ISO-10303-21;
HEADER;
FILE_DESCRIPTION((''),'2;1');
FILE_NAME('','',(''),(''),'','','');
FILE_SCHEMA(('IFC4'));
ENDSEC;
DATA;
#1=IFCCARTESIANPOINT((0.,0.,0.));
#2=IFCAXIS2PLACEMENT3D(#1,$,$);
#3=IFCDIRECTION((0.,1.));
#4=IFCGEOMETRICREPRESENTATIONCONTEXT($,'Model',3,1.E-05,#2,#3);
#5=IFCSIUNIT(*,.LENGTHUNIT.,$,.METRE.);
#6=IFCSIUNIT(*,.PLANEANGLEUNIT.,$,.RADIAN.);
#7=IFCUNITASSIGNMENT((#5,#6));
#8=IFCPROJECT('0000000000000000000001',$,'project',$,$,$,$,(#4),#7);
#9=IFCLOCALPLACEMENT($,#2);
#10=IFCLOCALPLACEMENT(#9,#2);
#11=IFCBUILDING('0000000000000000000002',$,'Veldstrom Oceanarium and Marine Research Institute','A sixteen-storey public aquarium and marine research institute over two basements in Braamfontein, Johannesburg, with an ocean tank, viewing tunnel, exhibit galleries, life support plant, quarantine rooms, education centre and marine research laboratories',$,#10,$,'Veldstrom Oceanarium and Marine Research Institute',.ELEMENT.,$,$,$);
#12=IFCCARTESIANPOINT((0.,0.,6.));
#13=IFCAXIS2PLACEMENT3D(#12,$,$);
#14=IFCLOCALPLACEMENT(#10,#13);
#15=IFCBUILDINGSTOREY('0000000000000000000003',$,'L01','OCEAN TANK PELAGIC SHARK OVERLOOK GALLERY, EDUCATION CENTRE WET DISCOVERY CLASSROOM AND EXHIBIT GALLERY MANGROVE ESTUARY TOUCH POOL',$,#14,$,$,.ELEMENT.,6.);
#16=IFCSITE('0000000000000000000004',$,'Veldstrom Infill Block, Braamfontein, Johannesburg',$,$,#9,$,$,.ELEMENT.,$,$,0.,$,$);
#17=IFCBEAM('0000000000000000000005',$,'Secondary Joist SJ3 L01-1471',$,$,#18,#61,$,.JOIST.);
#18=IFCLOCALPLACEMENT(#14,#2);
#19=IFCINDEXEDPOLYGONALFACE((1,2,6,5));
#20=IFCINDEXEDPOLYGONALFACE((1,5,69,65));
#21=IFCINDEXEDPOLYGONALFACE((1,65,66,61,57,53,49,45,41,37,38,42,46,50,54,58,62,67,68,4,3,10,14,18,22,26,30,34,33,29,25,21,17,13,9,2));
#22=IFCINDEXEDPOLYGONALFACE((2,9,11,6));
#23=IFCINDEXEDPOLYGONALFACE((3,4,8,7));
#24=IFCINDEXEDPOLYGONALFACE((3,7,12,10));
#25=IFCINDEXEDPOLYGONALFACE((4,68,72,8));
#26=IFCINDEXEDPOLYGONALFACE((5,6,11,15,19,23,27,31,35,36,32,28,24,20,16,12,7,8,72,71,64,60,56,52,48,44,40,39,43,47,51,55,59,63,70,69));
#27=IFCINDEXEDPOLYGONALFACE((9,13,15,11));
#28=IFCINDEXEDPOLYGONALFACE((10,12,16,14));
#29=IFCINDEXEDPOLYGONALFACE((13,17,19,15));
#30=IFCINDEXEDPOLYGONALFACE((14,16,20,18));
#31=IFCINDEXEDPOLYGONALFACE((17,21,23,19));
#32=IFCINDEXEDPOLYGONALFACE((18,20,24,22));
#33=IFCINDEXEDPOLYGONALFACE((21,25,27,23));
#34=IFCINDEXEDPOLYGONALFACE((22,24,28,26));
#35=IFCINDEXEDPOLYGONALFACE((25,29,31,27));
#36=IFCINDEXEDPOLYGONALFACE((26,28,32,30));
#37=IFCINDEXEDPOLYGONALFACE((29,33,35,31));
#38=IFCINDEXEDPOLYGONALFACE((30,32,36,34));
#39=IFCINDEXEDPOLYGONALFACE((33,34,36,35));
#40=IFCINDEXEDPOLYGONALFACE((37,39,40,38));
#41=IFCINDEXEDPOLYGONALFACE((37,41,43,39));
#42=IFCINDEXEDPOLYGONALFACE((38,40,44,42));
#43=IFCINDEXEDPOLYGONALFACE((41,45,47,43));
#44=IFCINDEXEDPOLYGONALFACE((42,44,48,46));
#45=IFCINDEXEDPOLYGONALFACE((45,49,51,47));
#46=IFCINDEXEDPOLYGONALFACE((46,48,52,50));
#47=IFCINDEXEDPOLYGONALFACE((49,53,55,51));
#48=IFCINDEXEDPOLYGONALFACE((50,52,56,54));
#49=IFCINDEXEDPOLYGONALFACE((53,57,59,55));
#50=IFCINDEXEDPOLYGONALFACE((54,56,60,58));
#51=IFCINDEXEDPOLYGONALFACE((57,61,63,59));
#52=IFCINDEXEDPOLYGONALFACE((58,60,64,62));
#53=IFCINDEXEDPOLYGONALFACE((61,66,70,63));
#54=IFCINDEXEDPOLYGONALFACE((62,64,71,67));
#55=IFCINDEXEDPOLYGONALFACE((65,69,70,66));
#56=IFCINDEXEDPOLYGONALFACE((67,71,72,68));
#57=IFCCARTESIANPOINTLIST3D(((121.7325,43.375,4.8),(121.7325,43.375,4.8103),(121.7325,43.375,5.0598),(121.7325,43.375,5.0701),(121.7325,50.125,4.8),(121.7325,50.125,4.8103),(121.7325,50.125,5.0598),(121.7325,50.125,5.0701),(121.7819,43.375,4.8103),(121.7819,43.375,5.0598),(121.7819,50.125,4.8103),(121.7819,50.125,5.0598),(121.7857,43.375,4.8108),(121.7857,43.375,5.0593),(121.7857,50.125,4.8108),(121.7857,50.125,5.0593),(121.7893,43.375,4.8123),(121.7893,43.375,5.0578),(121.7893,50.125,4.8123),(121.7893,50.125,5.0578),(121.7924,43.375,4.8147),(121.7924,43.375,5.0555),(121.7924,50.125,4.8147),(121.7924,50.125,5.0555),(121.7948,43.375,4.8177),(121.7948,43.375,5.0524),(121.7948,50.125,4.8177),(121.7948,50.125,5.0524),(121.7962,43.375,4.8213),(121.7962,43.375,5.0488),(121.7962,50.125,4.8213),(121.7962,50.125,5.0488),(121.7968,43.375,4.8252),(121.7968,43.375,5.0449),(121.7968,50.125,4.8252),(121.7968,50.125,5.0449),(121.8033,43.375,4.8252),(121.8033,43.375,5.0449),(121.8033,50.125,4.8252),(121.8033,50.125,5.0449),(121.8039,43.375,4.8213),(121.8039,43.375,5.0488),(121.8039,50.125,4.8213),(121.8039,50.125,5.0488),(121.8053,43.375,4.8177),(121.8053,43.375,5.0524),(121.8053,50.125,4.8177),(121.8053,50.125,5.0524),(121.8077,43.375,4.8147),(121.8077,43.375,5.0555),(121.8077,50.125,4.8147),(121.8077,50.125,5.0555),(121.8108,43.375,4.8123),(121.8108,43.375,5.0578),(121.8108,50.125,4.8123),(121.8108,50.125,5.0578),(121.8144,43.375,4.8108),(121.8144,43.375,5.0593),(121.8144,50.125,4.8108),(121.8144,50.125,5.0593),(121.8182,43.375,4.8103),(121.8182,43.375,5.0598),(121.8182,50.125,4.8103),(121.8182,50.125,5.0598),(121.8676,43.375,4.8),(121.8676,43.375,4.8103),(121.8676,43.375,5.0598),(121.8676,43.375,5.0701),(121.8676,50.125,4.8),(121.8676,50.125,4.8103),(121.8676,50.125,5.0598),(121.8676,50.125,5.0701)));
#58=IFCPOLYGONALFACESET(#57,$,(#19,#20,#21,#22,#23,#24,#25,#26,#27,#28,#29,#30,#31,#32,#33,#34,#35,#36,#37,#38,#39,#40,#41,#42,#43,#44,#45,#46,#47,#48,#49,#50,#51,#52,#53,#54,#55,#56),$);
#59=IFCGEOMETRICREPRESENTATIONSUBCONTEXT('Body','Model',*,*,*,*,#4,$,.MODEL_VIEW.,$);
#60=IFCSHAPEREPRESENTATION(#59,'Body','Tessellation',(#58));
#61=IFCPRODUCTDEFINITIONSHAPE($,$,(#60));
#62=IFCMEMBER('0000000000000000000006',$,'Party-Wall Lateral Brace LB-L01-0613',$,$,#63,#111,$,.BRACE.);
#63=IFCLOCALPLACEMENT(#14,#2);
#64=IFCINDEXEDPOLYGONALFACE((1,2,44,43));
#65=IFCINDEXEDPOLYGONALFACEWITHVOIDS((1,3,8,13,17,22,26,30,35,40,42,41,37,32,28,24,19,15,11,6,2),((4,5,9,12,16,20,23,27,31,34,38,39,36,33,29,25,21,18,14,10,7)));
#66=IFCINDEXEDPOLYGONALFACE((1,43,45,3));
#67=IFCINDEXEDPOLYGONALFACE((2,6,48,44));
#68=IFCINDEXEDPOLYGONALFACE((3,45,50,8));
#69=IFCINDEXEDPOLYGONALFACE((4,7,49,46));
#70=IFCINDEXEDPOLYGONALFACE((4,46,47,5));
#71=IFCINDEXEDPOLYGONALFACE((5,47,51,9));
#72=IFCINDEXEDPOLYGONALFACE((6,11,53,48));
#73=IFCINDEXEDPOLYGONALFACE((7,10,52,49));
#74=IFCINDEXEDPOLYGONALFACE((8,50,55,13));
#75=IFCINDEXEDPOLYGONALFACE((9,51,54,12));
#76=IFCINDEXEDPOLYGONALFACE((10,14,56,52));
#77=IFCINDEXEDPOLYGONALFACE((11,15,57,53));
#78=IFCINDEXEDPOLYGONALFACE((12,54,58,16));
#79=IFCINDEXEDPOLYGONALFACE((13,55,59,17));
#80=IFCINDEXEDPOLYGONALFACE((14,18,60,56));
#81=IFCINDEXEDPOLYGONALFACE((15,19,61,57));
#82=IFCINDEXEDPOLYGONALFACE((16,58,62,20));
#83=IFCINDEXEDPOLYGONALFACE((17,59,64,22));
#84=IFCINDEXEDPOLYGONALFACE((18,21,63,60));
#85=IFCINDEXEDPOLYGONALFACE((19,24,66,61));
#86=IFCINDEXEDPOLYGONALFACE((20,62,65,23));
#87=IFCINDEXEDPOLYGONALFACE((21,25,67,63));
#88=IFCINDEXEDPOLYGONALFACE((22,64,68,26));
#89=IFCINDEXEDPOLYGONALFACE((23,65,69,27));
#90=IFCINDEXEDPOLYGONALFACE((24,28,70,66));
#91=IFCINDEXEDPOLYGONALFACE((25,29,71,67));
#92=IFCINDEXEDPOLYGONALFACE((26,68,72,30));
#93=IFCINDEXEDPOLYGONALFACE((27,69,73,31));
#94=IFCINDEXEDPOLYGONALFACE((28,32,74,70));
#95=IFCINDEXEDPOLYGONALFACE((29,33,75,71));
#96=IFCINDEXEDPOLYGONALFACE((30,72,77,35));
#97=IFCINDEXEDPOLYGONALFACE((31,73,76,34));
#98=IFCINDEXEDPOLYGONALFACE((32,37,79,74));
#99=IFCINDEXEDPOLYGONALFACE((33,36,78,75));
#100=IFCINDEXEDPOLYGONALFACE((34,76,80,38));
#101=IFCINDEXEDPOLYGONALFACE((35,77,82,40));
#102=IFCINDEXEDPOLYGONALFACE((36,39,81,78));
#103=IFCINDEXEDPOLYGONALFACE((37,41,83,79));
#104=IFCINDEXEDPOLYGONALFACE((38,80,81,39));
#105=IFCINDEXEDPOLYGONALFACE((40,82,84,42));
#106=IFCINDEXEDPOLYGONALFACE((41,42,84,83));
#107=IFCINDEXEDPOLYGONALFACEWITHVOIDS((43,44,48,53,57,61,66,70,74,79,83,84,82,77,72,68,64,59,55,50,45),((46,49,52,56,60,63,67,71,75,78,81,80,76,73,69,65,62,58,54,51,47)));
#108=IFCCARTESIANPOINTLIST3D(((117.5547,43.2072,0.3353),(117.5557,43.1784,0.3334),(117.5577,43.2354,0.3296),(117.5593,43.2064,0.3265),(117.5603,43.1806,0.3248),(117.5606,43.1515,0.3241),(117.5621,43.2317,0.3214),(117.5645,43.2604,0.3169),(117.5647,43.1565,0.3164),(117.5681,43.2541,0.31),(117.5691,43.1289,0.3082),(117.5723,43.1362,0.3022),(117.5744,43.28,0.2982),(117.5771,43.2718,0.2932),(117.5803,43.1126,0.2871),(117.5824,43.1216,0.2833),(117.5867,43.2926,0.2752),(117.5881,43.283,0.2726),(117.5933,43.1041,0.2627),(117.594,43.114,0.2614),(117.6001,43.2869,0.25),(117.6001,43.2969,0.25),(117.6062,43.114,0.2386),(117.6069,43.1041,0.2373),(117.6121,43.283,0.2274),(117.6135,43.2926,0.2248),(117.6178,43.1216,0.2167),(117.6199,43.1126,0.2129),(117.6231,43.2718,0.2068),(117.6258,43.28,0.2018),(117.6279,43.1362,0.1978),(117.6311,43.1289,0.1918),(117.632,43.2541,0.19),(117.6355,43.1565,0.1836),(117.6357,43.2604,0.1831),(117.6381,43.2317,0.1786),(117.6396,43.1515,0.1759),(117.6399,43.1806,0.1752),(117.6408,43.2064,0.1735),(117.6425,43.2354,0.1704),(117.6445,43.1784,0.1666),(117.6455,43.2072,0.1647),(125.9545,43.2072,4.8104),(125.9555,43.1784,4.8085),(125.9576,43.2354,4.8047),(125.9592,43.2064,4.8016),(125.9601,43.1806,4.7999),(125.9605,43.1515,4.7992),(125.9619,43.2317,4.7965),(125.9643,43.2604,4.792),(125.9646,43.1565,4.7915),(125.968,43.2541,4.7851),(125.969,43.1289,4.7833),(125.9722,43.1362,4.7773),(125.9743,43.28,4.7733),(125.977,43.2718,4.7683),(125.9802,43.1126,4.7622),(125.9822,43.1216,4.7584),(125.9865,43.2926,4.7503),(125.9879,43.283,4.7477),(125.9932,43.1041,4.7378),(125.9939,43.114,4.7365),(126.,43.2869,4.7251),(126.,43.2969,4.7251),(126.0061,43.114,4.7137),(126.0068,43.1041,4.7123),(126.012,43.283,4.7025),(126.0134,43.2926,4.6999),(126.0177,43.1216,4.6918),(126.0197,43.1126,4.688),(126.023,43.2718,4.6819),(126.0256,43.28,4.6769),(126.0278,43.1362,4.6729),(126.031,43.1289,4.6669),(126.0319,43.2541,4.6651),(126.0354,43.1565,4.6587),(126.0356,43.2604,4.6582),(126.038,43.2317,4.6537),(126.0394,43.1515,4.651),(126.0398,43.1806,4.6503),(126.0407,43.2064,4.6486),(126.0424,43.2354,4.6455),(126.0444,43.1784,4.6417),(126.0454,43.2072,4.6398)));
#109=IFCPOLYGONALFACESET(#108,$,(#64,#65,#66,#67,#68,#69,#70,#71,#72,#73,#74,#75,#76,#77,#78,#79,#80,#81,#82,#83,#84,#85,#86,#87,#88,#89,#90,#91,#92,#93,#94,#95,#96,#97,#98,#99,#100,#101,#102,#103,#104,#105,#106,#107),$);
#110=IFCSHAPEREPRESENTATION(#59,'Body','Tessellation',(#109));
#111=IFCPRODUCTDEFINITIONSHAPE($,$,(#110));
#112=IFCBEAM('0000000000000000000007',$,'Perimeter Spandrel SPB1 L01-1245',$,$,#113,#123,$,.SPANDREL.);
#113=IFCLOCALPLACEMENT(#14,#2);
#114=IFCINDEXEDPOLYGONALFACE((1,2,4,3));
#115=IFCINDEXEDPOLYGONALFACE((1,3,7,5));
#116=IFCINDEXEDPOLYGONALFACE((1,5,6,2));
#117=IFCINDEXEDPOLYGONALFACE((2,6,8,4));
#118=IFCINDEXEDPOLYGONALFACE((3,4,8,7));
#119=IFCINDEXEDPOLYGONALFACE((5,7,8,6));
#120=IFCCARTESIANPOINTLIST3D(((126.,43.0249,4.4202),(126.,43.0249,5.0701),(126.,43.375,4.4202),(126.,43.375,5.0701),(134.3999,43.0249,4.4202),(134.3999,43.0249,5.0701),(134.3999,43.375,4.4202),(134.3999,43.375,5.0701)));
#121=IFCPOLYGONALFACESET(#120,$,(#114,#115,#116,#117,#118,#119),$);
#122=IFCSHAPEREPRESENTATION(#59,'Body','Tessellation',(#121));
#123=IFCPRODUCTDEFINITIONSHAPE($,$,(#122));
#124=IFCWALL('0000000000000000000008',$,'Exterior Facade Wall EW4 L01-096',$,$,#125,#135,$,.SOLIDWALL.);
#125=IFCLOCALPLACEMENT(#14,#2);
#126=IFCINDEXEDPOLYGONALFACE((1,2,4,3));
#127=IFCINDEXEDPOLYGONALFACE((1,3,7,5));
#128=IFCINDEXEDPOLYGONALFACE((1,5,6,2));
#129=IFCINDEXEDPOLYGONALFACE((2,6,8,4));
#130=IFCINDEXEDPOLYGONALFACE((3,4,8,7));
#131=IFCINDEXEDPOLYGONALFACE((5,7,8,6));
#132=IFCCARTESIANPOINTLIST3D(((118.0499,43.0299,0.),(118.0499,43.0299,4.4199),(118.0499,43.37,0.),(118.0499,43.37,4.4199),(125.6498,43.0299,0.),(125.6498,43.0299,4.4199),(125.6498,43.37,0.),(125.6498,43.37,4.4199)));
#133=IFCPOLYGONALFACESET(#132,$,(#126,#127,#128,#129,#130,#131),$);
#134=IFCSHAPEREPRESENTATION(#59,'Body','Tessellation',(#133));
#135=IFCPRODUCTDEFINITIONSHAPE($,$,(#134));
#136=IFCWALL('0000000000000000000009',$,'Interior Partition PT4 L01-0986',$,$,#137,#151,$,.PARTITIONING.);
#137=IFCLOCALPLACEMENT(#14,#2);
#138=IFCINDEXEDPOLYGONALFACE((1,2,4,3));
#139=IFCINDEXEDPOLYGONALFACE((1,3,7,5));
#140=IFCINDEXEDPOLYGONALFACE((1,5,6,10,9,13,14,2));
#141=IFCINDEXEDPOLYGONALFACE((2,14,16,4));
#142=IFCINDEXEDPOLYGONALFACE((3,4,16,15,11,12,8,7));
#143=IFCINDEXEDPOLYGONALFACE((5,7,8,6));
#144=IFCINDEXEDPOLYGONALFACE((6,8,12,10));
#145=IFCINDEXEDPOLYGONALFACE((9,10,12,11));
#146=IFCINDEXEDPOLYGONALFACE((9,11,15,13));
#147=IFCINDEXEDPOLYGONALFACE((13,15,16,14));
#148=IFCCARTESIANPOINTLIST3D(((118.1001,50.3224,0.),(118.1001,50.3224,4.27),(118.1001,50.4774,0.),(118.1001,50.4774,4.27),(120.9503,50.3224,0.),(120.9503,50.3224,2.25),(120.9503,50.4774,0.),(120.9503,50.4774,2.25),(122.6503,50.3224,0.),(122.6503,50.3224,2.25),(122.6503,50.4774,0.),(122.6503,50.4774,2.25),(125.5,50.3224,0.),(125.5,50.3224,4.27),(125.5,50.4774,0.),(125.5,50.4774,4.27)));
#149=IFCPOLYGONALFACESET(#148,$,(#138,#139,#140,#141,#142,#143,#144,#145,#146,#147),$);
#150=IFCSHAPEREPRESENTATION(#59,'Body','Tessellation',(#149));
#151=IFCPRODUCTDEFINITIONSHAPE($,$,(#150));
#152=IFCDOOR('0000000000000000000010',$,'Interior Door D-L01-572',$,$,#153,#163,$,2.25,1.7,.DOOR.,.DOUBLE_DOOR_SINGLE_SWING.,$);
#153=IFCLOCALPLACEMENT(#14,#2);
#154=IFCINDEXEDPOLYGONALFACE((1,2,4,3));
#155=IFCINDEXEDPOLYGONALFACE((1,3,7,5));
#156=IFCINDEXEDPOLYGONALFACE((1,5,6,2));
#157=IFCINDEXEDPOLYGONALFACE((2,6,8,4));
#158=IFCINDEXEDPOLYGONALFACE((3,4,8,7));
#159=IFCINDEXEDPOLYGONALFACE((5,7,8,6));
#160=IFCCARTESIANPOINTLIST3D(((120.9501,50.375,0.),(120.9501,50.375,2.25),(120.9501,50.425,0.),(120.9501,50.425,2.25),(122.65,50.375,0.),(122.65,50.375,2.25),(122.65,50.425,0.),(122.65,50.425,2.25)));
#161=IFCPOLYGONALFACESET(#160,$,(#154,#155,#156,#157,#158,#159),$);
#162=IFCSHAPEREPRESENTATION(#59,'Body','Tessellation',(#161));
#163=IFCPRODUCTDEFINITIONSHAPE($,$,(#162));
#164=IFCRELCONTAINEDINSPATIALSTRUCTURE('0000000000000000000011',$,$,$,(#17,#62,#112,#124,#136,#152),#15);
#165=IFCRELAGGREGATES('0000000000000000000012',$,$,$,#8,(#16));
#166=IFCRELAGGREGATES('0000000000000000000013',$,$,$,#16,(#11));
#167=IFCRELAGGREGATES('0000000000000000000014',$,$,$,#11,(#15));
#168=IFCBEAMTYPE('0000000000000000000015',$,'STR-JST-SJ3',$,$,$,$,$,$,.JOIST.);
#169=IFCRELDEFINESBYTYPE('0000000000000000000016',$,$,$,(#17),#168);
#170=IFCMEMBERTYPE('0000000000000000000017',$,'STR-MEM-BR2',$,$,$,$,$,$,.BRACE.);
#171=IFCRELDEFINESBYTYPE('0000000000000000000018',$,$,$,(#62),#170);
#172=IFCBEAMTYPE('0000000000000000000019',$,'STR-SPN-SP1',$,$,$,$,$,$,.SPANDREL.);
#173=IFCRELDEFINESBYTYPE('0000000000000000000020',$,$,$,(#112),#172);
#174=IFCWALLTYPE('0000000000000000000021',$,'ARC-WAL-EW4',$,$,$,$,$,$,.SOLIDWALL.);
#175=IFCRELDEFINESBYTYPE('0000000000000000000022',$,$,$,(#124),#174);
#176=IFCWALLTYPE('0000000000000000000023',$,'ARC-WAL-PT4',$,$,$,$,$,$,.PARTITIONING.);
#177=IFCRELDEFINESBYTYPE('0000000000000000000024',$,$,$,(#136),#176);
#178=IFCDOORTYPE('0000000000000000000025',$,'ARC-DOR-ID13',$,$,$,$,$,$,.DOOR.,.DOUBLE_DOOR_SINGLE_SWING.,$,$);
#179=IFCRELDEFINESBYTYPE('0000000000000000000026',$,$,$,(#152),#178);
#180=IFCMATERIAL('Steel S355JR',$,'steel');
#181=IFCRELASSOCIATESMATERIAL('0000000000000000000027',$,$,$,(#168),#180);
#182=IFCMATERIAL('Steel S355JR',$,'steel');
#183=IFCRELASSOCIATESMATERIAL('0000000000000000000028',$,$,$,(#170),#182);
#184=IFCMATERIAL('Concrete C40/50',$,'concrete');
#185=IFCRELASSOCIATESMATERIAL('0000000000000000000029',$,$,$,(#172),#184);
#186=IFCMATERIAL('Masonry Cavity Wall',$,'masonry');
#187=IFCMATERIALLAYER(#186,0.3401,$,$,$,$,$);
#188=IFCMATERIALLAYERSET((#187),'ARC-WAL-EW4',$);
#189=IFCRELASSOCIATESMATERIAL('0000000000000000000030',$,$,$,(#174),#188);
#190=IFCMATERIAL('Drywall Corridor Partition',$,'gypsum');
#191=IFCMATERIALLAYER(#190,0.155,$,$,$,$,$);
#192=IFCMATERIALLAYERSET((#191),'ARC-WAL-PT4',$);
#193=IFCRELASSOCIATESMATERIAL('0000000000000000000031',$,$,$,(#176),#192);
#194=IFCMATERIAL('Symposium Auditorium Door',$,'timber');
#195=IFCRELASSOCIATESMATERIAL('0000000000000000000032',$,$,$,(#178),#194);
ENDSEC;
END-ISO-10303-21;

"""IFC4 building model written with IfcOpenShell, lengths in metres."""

from ifc_helpers import new_model, si_unit, direction, frame, frame_2d, origin, origin_2d, place, context, subcontext, project, spatial, rectangle, hollow_circle, i_section, extrude, material, layer, layer_set, material_profile, profile_set, type_object, element, fill, save


model = new_model("IFC4")

# Units and contexts
model_context = context("Model", 3, precision=1e-05, world=origin(), true_north=direction((0.0, 1.0)))
body_context = subcontext(model_context, "Body", "Model", "MODEL_VIEW")
ifc_project = project(units=[si_unit("LENGTHUNIT", "METRE"), si_unit("PLANEANGLEUNIT", "RADIAN")], contexts=[model_context])

# Site, building, storey
site_placement = place(None, origin())
site = spatial("IfcSite", under=ifc_project, at=site_placement, Name="Veldstrom Infill Block, Braamfontein, Johannesburg", CompositionType="ELEMENT", RefElevation=0.0)
building_placement = place(site_placement, origin())
building = spatial("IfcBuilding", under=site, at=building_placement, Name="Veldstrom Oceanarium and Marine Research Institute", Description="A sixteen-storey public aquarium and marine research institute over two basements in Braamfontein, Johannesburg, with an ocean tank, viewing tunnel, exhibit galleries, life support plant, quarantine rooms, education centre and marine research laboratories", LongName="Veldstrom Oceanarium and Marine Research Institute", CompositionType="ELEMENT")
storey_placement = place(building_placement, frame((0.0, 0.0, 6.0)))
storey = spatial("IfcBuildingStorey", under=building, at=storey_placement, Name="L01", Description="OCEAN TANK PELAGIC SHARK OVERLOOK GALLERY, EDUCATION CENTRE WET DISCOVERY CLASSROOM AND EXHIBIT GALLERY MANGROVE ESTUARY TOUCH POOL", CompositionType="ELEMENT", Elevation=6.0)

# Beam
ifc_material_1 = material(Name="Steel S355JR", Category="steel")
ifc_material_profile_1 = material_profile(ifc_material_1, i_section(OverallWidth=0.135, OverallDepth=0.27, WebThickness=0.0066, FlangeThickness=0.0103, FilletRadius=0.0149, at=origin_2d()), Name="IPE 270")
ifc_profile_set_1 = profile_set([ifc_material_profile_1], Name="Steel S355JR")
beam_type_1 = type_object("IfcBeamType", Name="STR-JST-SJ3", PredefinedType="JOIST", material=ifc_profile_set_1)
beam_1_placement = place(storey_placement, frame((121.8, 43.375, 4.9351), z_axis=(0.0, 1.0, 0.0), x_axis=(-1.0, 0.0, 0.0)))
element("IfcBeam", 1, at=beam_1_placement, inside=storey, type_object=beam_type_1, Name="Secondary Joist SJ3 L01-1471", PredefinedType="JOIST", context=body_context, shape_type="SweptSolid", body=[
    extrude(i_section(OverallWidth=0.135, OverallDepth=0.27, WebThickness=0.0066, FlangeThickness=0.0103, FilletRadius=0.0149, at=origin_2d()), origin(), (0.0, 0.0, 1.0), 6.75),
])

# Member
ifc_material_2 = material(Name="Steel S355JR", Category="steel")
ifc_material_profile_2 = material_profile(ifc_material_2, hollow_circle(Radius=0.0969, WallThickness=0.01, at=origin_2d()), Name="CHS 193.7x10")
ifc_profile_set_2 = profile_set([ifc_material_profile_2], Name="Steel S355JR")
member_type = type_object("IfcMemberType", Name="STR-MEM-BR2", PredefinedType="BRACE", material=ifc_profile_set_2)
member_placement = place(storey_placement, frame((117.6001, 43.2, 0.25), z_axis=(0.882564, 0.0, 0.470191), x_axis=(0.0, 1.0, 0.0)))
element("IfcMember", 2, at=member_placement, inside=storey, type_object=member_type, Name="Party-Wall Lateral Brace LB-L01-0613", PredefinedType="BRACE", context=body_context, shape_type="SweptSolid", body=[
    extrude(hollow_circle(Radius=0.0969, WallThickness=0.01, at=origin_2d()), origin(), (0.0, 0.0, 1.0), 9.5176),
])

# Beam
ifc_material_3 = material(Name="Concrete C40/50", Category="concrete")
ifc_material_profile_3 = material_profile(ifc_material_3, rectangle(XDim=0.3501, YDim=0.6499, at=origin_2d()), Name="RC-SPN-350x650")
ifc_profile_set_3 = profile_set([ifc_material_profile_3], Name="Concrete C40/50")
beam_type_2 = type_object("IfcBeamType", Name="STR-SPN-SP1", PredefinedType="SPANDREL", material=ifc_profile_set_3)
beam_2_placement = place(storey_placement, frame((126.0, 43.2, 4.7451), z_axis=(1.0, 0.0, 0.0), x_axis=(0.0, 1.0, 0.0)))
element("IfcBeam", 3, at=beam_2_placement, inside=storey, type_object=beam_type_2, Name="Perimeter Spandrel SPB1 L01-1245", PredefinedType="SPANDREL", context=body_context, shape_type="SweptSolid", body=[
    extrude(rectangle(XDim=0.3501, YDim=0.6499, at=origin_2d()), origin(), (0.0, 0.0, 1.0), 8.3999),
])

# Wall
ifc_material_4 = material(Name="Masonry Cavity Wall", Category="masonry")
ifc_layer_1 = layer(ifc_material_4, 0.3401)
ifc_layer_set_1 = layer_set([ifc_layer_1], Name="ARC-WAL-EW4")
wall_type_1 = type_object("IfcWallType", Name="ARC-WAL-EW4", PredefinedType="SOLIDWALL", material=ifc_layer_set_1)
wall_1_placement = place(storey_placement, frame((118.05, 43.2, 0.0), z_axis=(0.0, 0.0, 1.0), x_axis=(1.0, 0.0, 0.0)))
element("IfcWall", 4, at=wall_1_placement, inside=storey, type_object=wall_type_1, Name="Exterior Facade Wall EW4 L01-096", PredefinedType="SOLIDWALL", context=body_context, shape_type="SweptSolid", body=[
    extrude(rectangle(XDim=7.5999, YDim=0.3401, at=frame_2d((3.7998, 0.0))), origin(), (0.0, 0.0, 1.0), 4.4199),
])

# Wall, opening, door
ifc_material_5 = material(Name="Drywall Corridor Partition", Category="gypsum")
ifc_layer_2 = layer(ifc_material_5, 0.155)
ifc_layer_set_2 = layer_set([ifc_layer_2], Name="ARC-WAL-PT4")
wall_type_2 = type_object("IfcWallType", Name="ARC-WAL-PT4", PredefinedType="PARTITIONING", material=ifc_layer_set_2)
wall_2_placement = place(storey_placement, frame((118.1001, 50.3999, 0.0), z_axis=(0.0, 0.0, 1.0), x_axis=(1.0, 0.0, 0.0)))
wall_2 = element("IfcWall", 5, at=wall_2_placement, inside=storey, type_object=wall_type_2, Name="Interior Partition PT4 L01-0986", PredefinedType="PARTITIONING", context=body_context, shape_type="SweptSolid", body=[
    extrude(rectangle(XDim=7.3999, YDim=0.155, at=frame_2d((3.7, 0.0))), origin(), (0.0, 0.0, 1.0), 4.27),
])
opening_1_placement = place(wall_2_placement, frame((2.8501, 0.0, 0.0)))
opening_1 = element("IfcOpeningElement", 6, at=opening_1_placement, cuts=wall_2, PredefinedType="OPENING", context=body_context, shape_type="SweptSolid", body=[
    extrude(rectangle(XDim=1.7, YDim=2.25, at=frame_2d((0.8501, 1.125))), frame((0.0, 0.0874, 0.0), z_axis=(0.0, -1.0, 0.0), x_axis=(1.0, 0.0, 0.0)), (0.0, 0.0, 1.0), 0.175),
])
ifc_material_6 = material(Name="Symposium Auditorium Door", Category="timber")
door_type_1 = type_object("IfcDoorType", Name="ARC-DOR-ID13", OperationType="DOUBLE_DOOR_SINGLE_SWING", PredefinedType="DOOR", material=ifc_material_6)
door_1_placement = place(opening_1_placement, frame((1.7, 0.0, 0.0), z_axis=(0.0, 0.0, 1.0), x_axis=(-1.0, 0.0, 0.0)))
door_1 = element("IfcDoor", 7, at=door_1_placement, inside=storey, type_object=door_type_1, Name="Interior Door D-L01-572", OperationType="DOUBLE_DOOR_SINGLE_SWING", OverallHeight=2.25, OverallWidth=1.7, PredefinedType="DOOR", context=body_context, shape_type="SweptSolid", body=[
    extrude(rectangle(XDim=1.7, YDim=2.25, at=frame_2d((0.8501, 1.125))), frame((0.0, 0.0249, 0.0), z_axis=(0.0, -1.0, 0.0), x_axis=(1.0, 0.0, 0.0)), (0.0, 0.0, 1.0), 0.05),
])
fill(opening_1, door_1)

save(model, "model.ifc")
